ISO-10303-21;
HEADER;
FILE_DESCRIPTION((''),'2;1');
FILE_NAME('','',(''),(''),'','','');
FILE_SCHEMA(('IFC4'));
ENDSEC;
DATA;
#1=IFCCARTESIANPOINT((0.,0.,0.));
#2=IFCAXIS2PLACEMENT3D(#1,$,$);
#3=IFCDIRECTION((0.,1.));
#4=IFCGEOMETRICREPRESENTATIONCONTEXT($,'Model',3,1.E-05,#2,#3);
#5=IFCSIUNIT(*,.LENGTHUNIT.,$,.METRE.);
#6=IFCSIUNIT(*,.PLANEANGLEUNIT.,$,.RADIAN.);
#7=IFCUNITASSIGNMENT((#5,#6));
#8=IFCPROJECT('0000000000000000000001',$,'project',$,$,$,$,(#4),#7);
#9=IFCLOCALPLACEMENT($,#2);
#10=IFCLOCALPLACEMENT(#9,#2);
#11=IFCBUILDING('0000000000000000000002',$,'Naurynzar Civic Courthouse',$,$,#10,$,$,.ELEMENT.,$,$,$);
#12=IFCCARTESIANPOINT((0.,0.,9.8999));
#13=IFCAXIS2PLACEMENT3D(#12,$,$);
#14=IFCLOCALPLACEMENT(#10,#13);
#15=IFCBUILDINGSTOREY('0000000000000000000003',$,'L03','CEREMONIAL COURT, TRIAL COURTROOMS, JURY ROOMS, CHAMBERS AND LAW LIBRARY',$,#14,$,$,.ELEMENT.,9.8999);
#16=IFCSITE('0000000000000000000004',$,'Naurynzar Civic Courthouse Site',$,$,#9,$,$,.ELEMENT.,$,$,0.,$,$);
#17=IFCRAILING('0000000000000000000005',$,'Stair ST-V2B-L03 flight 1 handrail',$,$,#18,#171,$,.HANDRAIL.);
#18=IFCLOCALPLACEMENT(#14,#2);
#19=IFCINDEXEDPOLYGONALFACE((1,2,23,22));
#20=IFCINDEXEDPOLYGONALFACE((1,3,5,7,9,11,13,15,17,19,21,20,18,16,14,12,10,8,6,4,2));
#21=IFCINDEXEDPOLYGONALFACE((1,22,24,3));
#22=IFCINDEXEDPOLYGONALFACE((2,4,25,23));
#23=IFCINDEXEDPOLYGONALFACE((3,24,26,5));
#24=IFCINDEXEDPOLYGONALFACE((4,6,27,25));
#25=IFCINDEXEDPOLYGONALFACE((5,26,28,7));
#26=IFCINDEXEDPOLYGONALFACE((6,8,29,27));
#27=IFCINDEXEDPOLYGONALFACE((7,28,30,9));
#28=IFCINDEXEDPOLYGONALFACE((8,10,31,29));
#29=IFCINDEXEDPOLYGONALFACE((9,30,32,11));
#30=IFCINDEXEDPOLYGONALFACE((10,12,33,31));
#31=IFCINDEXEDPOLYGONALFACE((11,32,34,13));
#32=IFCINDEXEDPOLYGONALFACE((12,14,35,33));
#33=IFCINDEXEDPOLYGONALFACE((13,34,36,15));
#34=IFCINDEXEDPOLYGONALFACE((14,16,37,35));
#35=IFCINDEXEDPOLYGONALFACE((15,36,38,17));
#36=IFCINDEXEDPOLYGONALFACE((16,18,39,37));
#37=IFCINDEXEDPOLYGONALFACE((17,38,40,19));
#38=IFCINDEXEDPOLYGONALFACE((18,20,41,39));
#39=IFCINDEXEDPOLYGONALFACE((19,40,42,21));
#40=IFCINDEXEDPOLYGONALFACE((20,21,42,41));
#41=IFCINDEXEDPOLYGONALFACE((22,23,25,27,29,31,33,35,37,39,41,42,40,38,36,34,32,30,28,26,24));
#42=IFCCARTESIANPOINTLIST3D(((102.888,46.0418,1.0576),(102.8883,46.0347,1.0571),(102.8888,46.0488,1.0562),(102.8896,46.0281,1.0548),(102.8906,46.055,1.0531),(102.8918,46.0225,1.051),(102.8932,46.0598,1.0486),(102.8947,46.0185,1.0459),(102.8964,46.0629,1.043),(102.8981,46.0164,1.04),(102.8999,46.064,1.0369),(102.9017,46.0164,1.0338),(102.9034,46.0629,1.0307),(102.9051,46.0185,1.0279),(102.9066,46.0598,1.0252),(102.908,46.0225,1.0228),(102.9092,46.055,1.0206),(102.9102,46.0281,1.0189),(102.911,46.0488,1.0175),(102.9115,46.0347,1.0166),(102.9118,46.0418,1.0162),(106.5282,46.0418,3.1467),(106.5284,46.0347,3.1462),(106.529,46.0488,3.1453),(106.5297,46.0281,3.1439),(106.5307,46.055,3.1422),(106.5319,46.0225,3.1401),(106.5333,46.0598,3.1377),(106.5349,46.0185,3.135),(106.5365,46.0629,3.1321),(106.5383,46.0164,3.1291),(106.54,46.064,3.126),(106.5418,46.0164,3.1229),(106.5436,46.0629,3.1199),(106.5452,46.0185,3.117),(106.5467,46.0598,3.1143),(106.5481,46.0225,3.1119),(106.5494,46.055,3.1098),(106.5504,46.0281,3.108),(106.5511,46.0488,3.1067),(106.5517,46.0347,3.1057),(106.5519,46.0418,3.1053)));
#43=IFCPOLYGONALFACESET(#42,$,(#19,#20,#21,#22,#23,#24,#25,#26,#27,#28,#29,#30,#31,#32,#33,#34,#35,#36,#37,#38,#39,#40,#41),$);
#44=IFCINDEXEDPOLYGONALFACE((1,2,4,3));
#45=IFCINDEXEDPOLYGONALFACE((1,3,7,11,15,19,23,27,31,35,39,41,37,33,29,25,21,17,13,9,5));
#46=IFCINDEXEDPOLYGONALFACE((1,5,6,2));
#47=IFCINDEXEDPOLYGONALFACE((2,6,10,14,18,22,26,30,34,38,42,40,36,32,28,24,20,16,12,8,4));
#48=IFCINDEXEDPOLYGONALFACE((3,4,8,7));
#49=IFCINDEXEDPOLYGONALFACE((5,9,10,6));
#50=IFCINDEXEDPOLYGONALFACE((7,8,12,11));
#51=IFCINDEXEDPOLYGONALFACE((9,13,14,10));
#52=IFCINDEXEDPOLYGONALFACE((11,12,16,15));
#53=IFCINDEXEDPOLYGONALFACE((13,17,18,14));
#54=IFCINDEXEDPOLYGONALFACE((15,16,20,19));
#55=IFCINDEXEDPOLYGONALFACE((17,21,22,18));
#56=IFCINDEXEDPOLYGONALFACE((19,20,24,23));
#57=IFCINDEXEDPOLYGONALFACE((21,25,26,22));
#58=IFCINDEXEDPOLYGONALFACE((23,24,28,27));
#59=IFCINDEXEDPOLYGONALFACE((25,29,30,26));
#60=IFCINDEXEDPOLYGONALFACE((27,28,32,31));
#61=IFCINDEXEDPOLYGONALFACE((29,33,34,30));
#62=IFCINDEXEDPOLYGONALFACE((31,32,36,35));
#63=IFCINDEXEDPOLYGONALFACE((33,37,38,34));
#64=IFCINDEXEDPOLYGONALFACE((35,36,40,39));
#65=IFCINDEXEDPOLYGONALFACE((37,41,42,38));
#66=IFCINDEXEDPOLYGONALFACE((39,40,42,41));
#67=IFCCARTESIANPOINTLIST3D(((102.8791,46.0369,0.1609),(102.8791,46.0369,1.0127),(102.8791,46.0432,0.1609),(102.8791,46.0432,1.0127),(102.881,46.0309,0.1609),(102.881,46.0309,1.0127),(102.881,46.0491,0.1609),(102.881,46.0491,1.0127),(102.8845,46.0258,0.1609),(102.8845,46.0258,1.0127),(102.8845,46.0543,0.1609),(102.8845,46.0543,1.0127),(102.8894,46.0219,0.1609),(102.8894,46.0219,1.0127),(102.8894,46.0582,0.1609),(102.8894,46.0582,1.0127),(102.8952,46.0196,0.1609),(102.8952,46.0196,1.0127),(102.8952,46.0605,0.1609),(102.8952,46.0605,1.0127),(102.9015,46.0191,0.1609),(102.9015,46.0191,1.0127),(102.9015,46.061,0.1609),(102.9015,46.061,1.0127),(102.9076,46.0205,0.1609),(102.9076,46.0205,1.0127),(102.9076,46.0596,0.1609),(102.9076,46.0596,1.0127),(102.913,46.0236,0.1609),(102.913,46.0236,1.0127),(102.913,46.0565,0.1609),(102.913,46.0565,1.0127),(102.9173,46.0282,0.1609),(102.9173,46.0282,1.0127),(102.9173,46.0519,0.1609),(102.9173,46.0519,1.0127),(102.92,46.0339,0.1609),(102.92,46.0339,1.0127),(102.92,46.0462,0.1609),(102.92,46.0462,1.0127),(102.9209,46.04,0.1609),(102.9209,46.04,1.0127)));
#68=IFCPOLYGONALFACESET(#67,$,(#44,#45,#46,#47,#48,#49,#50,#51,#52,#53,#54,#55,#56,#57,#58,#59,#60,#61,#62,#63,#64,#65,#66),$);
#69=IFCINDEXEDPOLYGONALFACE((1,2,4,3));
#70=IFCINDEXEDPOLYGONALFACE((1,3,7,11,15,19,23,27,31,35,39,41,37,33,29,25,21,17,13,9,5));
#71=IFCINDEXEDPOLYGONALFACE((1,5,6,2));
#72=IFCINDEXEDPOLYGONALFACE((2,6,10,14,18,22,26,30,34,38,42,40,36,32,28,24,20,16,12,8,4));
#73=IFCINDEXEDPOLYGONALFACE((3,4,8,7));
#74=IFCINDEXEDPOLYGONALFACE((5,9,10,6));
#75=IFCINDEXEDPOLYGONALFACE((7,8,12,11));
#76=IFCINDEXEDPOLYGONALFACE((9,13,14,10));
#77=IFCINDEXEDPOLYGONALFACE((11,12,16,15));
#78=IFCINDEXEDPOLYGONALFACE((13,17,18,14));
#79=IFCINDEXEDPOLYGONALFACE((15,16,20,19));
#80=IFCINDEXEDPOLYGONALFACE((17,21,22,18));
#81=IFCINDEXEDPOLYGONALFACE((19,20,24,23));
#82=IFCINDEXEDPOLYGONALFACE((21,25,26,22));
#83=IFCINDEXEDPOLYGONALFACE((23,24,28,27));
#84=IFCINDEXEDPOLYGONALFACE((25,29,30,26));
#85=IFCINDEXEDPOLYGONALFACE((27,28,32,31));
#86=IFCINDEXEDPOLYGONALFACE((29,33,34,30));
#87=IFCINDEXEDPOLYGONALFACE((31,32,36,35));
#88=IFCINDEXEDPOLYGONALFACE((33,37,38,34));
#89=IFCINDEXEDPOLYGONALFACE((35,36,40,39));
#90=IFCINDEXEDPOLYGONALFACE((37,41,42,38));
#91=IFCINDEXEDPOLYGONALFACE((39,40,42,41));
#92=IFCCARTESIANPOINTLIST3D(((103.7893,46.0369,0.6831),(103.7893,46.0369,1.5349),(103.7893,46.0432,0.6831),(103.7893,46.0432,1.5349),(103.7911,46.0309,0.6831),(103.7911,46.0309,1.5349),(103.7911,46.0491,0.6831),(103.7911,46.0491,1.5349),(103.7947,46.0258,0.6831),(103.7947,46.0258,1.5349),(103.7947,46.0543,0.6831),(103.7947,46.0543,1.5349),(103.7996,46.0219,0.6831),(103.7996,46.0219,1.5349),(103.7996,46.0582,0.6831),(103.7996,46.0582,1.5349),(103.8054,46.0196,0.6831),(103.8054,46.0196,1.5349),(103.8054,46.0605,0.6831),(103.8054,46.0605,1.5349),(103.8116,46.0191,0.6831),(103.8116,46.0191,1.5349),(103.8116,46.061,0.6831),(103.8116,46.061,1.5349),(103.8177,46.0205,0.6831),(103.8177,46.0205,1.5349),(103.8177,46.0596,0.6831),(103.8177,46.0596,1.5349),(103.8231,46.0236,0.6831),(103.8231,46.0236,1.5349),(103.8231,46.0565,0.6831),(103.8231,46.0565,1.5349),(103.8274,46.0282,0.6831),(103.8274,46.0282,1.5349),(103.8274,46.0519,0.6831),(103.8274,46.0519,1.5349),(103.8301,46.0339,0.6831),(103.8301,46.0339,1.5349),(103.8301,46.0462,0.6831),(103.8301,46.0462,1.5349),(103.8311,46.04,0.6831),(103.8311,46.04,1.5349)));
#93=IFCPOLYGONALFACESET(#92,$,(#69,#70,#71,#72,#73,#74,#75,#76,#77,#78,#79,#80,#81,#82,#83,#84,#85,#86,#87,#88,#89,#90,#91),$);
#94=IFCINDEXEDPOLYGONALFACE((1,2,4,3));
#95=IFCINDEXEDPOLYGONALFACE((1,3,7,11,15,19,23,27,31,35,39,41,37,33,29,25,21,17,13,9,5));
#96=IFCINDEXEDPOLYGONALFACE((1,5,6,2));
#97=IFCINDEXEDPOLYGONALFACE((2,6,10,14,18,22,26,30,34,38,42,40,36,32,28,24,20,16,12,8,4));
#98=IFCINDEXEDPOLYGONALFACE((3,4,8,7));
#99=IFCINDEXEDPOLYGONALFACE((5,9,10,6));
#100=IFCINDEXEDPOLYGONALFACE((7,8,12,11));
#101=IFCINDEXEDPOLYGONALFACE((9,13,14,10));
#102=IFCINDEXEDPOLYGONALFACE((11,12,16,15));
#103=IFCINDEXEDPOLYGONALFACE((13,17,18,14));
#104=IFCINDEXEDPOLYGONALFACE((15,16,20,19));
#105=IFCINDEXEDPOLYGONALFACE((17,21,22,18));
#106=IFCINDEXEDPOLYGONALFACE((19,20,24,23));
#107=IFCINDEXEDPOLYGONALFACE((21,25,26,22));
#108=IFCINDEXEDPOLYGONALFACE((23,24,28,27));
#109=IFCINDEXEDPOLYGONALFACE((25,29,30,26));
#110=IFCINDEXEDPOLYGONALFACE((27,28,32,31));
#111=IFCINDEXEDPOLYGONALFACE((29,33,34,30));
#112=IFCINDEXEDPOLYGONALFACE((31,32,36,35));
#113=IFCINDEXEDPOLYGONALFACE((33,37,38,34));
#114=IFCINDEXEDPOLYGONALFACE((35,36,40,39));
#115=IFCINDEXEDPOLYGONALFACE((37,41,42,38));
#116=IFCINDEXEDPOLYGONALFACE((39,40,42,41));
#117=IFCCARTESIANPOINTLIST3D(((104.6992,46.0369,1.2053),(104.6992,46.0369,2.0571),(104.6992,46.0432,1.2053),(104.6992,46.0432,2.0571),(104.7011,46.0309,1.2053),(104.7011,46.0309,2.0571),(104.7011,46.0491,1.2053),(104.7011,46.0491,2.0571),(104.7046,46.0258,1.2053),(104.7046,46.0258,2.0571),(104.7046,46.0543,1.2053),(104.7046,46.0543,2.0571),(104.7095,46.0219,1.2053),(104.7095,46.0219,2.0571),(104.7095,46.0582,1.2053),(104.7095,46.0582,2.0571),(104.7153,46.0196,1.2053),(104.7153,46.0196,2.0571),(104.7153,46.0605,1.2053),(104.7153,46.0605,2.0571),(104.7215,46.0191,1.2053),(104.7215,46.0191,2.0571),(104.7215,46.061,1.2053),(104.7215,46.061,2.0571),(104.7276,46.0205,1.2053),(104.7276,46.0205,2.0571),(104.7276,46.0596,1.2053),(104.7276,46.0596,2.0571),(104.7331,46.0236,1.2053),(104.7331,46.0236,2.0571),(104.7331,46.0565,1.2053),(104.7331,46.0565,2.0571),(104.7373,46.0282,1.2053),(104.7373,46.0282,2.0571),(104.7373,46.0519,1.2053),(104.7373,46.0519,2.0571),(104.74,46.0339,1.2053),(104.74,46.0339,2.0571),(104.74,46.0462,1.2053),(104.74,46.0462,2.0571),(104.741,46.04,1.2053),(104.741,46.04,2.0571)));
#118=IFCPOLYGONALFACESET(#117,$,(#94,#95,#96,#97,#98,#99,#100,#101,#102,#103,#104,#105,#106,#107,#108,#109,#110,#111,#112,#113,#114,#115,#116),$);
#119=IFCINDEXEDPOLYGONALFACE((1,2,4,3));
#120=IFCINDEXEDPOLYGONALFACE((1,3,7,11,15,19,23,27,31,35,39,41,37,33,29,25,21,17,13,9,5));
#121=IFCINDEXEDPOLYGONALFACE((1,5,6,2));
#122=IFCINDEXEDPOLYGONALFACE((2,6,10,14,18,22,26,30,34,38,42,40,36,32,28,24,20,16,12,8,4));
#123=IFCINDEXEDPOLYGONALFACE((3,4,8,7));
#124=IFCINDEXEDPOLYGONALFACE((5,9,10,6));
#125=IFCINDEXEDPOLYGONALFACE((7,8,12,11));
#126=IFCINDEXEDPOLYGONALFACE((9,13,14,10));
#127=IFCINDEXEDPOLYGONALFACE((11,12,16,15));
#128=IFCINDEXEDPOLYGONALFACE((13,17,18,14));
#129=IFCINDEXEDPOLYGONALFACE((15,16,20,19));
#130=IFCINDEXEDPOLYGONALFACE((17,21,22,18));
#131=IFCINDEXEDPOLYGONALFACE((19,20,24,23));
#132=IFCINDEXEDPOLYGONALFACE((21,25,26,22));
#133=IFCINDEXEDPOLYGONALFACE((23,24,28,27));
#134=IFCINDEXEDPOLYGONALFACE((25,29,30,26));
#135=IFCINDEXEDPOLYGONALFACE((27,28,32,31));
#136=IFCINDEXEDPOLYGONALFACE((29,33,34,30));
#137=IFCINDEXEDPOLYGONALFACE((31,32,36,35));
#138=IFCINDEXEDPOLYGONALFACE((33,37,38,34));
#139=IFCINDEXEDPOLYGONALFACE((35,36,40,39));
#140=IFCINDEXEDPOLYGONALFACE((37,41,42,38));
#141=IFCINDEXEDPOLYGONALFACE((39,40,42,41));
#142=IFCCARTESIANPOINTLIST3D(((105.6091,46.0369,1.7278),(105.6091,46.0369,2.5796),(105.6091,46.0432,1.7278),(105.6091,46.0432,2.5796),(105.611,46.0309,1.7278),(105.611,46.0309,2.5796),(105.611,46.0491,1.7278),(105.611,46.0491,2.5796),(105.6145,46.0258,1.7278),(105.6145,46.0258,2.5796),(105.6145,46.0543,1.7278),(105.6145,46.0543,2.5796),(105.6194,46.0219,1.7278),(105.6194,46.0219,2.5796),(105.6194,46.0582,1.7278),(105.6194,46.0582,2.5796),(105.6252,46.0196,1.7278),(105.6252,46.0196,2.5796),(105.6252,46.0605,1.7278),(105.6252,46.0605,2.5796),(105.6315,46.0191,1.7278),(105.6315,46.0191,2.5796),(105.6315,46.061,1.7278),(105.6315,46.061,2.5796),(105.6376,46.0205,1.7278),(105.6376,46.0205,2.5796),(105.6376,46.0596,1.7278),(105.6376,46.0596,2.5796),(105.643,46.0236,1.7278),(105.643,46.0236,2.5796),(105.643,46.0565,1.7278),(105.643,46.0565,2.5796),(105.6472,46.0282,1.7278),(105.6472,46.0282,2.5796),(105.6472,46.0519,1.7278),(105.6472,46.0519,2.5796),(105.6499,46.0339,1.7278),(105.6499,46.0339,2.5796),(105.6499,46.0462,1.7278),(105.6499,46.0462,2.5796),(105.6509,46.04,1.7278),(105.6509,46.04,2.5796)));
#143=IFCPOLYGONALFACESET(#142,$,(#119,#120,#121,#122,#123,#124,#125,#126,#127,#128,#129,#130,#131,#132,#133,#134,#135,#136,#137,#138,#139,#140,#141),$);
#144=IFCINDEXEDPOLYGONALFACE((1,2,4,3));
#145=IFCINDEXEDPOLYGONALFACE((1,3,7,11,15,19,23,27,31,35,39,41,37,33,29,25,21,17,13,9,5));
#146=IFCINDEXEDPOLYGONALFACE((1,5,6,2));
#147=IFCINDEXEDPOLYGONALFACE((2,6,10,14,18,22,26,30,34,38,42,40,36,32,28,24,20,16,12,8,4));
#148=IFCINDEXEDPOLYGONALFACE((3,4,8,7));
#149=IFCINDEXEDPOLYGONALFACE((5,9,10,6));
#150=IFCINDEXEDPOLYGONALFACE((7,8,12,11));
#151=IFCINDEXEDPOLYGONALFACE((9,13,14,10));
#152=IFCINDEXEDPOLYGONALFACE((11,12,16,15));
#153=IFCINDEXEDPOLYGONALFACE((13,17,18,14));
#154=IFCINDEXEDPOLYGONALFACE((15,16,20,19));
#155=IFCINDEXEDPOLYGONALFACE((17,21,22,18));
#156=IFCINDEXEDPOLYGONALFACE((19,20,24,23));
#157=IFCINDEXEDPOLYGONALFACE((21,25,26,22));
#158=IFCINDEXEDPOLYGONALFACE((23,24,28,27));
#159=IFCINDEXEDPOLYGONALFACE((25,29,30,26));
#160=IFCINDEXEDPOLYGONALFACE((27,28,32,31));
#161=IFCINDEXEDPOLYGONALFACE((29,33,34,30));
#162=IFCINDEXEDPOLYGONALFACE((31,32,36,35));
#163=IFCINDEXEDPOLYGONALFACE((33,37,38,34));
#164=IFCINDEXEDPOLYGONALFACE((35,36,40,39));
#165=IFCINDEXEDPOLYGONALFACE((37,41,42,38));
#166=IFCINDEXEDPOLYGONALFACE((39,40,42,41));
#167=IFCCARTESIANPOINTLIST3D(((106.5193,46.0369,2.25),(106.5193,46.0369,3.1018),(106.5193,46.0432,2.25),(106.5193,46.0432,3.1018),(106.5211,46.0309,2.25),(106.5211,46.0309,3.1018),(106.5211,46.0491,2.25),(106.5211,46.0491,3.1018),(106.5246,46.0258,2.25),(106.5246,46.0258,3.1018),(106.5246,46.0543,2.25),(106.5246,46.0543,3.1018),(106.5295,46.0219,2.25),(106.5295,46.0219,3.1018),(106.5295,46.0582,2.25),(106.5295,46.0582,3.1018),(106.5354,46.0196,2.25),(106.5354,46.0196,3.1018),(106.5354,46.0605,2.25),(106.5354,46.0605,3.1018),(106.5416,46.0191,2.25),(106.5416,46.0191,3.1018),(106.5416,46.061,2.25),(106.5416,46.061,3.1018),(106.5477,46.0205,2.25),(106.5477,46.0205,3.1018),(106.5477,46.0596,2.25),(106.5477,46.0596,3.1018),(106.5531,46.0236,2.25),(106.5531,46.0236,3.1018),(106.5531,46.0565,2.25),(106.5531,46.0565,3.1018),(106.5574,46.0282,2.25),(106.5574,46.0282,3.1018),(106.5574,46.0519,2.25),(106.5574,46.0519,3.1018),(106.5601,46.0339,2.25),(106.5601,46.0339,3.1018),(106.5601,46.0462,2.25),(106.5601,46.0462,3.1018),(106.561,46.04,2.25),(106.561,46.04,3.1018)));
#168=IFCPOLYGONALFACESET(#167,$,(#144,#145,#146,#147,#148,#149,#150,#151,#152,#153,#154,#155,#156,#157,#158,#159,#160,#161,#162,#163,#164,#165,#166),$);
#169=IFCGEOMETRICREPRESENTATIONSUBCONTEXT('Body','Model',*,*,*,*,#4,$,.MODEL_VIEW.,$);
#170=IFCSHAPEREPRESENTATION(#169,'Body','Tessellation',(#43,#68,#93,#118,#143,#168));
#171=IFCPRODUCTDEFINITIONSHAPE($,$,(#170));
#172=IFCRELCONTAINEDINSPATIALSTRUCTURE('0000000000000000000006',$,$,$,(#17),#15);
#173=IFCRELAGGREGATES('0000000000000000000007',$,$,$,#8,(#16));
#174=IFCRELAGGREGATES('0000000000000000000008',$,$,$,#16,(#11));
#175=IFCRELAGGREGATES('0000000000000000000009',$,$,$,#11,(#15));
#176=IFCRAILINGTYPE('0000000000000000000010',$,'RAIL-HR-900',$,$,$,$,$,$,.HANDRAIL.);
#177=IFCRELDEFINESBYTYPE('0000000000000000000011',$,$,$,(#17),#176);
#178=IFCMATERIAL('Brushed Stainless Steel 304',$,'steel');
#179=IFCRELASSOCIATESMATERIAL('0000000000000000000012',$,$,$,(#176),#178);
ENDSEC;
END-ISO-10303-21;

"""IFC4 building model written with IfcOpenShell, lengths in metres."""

from ifc_helpers import new_model, si_unit, direction, frame, origin, origin_2d, place, context, subcontext, project, spatial, circle, extrude, material, type_object, element, save


model = new_model("IFC4")

# Units and contexts
model_context = context("Model", 3, precision=1e-05, world=origin(), true_north=direction((0.0, 1.0)))
body_context = subcontext(model_context, "Body", "Model", "MODEL_VIEW")
ifc_project = project(units=[si_unit("LENGTHUNIT", "METRE"), si_unit("PLANEANGLEUNIT", "RADIAN")], contexts=[model_context])

# Site, building, storey
site_placement = place(None, origin())
site = spatial("IfcSite", under=ifc_project, at=site_placement, Name="Naurynzar Civic Courthouse Site", CompositionType="ELEMENT", RefElevation=0.0)
building_placement = place(site_placement, origin())
building = spatial("IfcBuilding", under=site, at=building_placement, Name="Naurynzar Civic Courthouse", CompositionType="ELEMENT")
storey_placement = place(building_placement, frame((0.0, 0.0, 9.8999)))
storey = spatial("IfcBuildingStorey", under=building, at=storey_placement, Name="L03", Description="CEREMONIAL COURT, TRIAL COURTROOMS, JURY ROOMS, CHAMBERS AND LAW LIBRARY", CompositionType="ELEMENT", Elevation=9.8999)

# Railing
ifc_material_1 = material(Name="Brushed Stainless Steel 304", Category="steel")
railing_type_1 = type_object("IfcRailingType", Name="RAIL-HR-900", PredefinedType="HANDRAIL", material=ifc_material_1)
railing_1_placement = place(storey_placement, frame((102.8999, 46.04, 0.1609)))
element("IfcRailing", 1, at=railing_1_placement, inside=storey, type_object=railing_type_1, Name="Stair ST-V2B-L03 flight 1 handrail", PredefinedType="HANDRAIL", context=body_context, shape_type="SweptSolid", body=[
    extrude(circle(Radius=0.0239, at=origin_2d()), frame((0.0, 0.0, 0.876), z_axis=(0.867314, 0.0, 0.497761), x_axis=(0.0, 1.0, 0.0)), (0.0, 0.0, 1.0), 4.197),
    extrude(circle(Radius=0.021, at=origin_2d()), origin(), (0.0, 0.0, 1.0), 0.8518),
    extrude(circle(Radius=0.021, at=origin_2d()), frame((0.9102, 0.0, 0.5222)), (0.0, 0.0, 1.0), 0.8518),
    extrude(circle(Radius=0.021, at=origin_2d()), frame((1.8201, 0.0, 1.0444)), (0.0, 0.0, 1.0), 0.8518),
    extrude(circle(Radius=0.021, at=origin_2d()), frame((2.73, 0.0, 1.5669)), (0.0, 0.0, 1.0), 0.8518),
    extrude(circle(Radius=0.021, at=origin_2d()), frame((3.6401, 0.0, 2.0891)), (0.0, 0.0, 1.0), 0.8518),
])

save(model, "model.ifc")
